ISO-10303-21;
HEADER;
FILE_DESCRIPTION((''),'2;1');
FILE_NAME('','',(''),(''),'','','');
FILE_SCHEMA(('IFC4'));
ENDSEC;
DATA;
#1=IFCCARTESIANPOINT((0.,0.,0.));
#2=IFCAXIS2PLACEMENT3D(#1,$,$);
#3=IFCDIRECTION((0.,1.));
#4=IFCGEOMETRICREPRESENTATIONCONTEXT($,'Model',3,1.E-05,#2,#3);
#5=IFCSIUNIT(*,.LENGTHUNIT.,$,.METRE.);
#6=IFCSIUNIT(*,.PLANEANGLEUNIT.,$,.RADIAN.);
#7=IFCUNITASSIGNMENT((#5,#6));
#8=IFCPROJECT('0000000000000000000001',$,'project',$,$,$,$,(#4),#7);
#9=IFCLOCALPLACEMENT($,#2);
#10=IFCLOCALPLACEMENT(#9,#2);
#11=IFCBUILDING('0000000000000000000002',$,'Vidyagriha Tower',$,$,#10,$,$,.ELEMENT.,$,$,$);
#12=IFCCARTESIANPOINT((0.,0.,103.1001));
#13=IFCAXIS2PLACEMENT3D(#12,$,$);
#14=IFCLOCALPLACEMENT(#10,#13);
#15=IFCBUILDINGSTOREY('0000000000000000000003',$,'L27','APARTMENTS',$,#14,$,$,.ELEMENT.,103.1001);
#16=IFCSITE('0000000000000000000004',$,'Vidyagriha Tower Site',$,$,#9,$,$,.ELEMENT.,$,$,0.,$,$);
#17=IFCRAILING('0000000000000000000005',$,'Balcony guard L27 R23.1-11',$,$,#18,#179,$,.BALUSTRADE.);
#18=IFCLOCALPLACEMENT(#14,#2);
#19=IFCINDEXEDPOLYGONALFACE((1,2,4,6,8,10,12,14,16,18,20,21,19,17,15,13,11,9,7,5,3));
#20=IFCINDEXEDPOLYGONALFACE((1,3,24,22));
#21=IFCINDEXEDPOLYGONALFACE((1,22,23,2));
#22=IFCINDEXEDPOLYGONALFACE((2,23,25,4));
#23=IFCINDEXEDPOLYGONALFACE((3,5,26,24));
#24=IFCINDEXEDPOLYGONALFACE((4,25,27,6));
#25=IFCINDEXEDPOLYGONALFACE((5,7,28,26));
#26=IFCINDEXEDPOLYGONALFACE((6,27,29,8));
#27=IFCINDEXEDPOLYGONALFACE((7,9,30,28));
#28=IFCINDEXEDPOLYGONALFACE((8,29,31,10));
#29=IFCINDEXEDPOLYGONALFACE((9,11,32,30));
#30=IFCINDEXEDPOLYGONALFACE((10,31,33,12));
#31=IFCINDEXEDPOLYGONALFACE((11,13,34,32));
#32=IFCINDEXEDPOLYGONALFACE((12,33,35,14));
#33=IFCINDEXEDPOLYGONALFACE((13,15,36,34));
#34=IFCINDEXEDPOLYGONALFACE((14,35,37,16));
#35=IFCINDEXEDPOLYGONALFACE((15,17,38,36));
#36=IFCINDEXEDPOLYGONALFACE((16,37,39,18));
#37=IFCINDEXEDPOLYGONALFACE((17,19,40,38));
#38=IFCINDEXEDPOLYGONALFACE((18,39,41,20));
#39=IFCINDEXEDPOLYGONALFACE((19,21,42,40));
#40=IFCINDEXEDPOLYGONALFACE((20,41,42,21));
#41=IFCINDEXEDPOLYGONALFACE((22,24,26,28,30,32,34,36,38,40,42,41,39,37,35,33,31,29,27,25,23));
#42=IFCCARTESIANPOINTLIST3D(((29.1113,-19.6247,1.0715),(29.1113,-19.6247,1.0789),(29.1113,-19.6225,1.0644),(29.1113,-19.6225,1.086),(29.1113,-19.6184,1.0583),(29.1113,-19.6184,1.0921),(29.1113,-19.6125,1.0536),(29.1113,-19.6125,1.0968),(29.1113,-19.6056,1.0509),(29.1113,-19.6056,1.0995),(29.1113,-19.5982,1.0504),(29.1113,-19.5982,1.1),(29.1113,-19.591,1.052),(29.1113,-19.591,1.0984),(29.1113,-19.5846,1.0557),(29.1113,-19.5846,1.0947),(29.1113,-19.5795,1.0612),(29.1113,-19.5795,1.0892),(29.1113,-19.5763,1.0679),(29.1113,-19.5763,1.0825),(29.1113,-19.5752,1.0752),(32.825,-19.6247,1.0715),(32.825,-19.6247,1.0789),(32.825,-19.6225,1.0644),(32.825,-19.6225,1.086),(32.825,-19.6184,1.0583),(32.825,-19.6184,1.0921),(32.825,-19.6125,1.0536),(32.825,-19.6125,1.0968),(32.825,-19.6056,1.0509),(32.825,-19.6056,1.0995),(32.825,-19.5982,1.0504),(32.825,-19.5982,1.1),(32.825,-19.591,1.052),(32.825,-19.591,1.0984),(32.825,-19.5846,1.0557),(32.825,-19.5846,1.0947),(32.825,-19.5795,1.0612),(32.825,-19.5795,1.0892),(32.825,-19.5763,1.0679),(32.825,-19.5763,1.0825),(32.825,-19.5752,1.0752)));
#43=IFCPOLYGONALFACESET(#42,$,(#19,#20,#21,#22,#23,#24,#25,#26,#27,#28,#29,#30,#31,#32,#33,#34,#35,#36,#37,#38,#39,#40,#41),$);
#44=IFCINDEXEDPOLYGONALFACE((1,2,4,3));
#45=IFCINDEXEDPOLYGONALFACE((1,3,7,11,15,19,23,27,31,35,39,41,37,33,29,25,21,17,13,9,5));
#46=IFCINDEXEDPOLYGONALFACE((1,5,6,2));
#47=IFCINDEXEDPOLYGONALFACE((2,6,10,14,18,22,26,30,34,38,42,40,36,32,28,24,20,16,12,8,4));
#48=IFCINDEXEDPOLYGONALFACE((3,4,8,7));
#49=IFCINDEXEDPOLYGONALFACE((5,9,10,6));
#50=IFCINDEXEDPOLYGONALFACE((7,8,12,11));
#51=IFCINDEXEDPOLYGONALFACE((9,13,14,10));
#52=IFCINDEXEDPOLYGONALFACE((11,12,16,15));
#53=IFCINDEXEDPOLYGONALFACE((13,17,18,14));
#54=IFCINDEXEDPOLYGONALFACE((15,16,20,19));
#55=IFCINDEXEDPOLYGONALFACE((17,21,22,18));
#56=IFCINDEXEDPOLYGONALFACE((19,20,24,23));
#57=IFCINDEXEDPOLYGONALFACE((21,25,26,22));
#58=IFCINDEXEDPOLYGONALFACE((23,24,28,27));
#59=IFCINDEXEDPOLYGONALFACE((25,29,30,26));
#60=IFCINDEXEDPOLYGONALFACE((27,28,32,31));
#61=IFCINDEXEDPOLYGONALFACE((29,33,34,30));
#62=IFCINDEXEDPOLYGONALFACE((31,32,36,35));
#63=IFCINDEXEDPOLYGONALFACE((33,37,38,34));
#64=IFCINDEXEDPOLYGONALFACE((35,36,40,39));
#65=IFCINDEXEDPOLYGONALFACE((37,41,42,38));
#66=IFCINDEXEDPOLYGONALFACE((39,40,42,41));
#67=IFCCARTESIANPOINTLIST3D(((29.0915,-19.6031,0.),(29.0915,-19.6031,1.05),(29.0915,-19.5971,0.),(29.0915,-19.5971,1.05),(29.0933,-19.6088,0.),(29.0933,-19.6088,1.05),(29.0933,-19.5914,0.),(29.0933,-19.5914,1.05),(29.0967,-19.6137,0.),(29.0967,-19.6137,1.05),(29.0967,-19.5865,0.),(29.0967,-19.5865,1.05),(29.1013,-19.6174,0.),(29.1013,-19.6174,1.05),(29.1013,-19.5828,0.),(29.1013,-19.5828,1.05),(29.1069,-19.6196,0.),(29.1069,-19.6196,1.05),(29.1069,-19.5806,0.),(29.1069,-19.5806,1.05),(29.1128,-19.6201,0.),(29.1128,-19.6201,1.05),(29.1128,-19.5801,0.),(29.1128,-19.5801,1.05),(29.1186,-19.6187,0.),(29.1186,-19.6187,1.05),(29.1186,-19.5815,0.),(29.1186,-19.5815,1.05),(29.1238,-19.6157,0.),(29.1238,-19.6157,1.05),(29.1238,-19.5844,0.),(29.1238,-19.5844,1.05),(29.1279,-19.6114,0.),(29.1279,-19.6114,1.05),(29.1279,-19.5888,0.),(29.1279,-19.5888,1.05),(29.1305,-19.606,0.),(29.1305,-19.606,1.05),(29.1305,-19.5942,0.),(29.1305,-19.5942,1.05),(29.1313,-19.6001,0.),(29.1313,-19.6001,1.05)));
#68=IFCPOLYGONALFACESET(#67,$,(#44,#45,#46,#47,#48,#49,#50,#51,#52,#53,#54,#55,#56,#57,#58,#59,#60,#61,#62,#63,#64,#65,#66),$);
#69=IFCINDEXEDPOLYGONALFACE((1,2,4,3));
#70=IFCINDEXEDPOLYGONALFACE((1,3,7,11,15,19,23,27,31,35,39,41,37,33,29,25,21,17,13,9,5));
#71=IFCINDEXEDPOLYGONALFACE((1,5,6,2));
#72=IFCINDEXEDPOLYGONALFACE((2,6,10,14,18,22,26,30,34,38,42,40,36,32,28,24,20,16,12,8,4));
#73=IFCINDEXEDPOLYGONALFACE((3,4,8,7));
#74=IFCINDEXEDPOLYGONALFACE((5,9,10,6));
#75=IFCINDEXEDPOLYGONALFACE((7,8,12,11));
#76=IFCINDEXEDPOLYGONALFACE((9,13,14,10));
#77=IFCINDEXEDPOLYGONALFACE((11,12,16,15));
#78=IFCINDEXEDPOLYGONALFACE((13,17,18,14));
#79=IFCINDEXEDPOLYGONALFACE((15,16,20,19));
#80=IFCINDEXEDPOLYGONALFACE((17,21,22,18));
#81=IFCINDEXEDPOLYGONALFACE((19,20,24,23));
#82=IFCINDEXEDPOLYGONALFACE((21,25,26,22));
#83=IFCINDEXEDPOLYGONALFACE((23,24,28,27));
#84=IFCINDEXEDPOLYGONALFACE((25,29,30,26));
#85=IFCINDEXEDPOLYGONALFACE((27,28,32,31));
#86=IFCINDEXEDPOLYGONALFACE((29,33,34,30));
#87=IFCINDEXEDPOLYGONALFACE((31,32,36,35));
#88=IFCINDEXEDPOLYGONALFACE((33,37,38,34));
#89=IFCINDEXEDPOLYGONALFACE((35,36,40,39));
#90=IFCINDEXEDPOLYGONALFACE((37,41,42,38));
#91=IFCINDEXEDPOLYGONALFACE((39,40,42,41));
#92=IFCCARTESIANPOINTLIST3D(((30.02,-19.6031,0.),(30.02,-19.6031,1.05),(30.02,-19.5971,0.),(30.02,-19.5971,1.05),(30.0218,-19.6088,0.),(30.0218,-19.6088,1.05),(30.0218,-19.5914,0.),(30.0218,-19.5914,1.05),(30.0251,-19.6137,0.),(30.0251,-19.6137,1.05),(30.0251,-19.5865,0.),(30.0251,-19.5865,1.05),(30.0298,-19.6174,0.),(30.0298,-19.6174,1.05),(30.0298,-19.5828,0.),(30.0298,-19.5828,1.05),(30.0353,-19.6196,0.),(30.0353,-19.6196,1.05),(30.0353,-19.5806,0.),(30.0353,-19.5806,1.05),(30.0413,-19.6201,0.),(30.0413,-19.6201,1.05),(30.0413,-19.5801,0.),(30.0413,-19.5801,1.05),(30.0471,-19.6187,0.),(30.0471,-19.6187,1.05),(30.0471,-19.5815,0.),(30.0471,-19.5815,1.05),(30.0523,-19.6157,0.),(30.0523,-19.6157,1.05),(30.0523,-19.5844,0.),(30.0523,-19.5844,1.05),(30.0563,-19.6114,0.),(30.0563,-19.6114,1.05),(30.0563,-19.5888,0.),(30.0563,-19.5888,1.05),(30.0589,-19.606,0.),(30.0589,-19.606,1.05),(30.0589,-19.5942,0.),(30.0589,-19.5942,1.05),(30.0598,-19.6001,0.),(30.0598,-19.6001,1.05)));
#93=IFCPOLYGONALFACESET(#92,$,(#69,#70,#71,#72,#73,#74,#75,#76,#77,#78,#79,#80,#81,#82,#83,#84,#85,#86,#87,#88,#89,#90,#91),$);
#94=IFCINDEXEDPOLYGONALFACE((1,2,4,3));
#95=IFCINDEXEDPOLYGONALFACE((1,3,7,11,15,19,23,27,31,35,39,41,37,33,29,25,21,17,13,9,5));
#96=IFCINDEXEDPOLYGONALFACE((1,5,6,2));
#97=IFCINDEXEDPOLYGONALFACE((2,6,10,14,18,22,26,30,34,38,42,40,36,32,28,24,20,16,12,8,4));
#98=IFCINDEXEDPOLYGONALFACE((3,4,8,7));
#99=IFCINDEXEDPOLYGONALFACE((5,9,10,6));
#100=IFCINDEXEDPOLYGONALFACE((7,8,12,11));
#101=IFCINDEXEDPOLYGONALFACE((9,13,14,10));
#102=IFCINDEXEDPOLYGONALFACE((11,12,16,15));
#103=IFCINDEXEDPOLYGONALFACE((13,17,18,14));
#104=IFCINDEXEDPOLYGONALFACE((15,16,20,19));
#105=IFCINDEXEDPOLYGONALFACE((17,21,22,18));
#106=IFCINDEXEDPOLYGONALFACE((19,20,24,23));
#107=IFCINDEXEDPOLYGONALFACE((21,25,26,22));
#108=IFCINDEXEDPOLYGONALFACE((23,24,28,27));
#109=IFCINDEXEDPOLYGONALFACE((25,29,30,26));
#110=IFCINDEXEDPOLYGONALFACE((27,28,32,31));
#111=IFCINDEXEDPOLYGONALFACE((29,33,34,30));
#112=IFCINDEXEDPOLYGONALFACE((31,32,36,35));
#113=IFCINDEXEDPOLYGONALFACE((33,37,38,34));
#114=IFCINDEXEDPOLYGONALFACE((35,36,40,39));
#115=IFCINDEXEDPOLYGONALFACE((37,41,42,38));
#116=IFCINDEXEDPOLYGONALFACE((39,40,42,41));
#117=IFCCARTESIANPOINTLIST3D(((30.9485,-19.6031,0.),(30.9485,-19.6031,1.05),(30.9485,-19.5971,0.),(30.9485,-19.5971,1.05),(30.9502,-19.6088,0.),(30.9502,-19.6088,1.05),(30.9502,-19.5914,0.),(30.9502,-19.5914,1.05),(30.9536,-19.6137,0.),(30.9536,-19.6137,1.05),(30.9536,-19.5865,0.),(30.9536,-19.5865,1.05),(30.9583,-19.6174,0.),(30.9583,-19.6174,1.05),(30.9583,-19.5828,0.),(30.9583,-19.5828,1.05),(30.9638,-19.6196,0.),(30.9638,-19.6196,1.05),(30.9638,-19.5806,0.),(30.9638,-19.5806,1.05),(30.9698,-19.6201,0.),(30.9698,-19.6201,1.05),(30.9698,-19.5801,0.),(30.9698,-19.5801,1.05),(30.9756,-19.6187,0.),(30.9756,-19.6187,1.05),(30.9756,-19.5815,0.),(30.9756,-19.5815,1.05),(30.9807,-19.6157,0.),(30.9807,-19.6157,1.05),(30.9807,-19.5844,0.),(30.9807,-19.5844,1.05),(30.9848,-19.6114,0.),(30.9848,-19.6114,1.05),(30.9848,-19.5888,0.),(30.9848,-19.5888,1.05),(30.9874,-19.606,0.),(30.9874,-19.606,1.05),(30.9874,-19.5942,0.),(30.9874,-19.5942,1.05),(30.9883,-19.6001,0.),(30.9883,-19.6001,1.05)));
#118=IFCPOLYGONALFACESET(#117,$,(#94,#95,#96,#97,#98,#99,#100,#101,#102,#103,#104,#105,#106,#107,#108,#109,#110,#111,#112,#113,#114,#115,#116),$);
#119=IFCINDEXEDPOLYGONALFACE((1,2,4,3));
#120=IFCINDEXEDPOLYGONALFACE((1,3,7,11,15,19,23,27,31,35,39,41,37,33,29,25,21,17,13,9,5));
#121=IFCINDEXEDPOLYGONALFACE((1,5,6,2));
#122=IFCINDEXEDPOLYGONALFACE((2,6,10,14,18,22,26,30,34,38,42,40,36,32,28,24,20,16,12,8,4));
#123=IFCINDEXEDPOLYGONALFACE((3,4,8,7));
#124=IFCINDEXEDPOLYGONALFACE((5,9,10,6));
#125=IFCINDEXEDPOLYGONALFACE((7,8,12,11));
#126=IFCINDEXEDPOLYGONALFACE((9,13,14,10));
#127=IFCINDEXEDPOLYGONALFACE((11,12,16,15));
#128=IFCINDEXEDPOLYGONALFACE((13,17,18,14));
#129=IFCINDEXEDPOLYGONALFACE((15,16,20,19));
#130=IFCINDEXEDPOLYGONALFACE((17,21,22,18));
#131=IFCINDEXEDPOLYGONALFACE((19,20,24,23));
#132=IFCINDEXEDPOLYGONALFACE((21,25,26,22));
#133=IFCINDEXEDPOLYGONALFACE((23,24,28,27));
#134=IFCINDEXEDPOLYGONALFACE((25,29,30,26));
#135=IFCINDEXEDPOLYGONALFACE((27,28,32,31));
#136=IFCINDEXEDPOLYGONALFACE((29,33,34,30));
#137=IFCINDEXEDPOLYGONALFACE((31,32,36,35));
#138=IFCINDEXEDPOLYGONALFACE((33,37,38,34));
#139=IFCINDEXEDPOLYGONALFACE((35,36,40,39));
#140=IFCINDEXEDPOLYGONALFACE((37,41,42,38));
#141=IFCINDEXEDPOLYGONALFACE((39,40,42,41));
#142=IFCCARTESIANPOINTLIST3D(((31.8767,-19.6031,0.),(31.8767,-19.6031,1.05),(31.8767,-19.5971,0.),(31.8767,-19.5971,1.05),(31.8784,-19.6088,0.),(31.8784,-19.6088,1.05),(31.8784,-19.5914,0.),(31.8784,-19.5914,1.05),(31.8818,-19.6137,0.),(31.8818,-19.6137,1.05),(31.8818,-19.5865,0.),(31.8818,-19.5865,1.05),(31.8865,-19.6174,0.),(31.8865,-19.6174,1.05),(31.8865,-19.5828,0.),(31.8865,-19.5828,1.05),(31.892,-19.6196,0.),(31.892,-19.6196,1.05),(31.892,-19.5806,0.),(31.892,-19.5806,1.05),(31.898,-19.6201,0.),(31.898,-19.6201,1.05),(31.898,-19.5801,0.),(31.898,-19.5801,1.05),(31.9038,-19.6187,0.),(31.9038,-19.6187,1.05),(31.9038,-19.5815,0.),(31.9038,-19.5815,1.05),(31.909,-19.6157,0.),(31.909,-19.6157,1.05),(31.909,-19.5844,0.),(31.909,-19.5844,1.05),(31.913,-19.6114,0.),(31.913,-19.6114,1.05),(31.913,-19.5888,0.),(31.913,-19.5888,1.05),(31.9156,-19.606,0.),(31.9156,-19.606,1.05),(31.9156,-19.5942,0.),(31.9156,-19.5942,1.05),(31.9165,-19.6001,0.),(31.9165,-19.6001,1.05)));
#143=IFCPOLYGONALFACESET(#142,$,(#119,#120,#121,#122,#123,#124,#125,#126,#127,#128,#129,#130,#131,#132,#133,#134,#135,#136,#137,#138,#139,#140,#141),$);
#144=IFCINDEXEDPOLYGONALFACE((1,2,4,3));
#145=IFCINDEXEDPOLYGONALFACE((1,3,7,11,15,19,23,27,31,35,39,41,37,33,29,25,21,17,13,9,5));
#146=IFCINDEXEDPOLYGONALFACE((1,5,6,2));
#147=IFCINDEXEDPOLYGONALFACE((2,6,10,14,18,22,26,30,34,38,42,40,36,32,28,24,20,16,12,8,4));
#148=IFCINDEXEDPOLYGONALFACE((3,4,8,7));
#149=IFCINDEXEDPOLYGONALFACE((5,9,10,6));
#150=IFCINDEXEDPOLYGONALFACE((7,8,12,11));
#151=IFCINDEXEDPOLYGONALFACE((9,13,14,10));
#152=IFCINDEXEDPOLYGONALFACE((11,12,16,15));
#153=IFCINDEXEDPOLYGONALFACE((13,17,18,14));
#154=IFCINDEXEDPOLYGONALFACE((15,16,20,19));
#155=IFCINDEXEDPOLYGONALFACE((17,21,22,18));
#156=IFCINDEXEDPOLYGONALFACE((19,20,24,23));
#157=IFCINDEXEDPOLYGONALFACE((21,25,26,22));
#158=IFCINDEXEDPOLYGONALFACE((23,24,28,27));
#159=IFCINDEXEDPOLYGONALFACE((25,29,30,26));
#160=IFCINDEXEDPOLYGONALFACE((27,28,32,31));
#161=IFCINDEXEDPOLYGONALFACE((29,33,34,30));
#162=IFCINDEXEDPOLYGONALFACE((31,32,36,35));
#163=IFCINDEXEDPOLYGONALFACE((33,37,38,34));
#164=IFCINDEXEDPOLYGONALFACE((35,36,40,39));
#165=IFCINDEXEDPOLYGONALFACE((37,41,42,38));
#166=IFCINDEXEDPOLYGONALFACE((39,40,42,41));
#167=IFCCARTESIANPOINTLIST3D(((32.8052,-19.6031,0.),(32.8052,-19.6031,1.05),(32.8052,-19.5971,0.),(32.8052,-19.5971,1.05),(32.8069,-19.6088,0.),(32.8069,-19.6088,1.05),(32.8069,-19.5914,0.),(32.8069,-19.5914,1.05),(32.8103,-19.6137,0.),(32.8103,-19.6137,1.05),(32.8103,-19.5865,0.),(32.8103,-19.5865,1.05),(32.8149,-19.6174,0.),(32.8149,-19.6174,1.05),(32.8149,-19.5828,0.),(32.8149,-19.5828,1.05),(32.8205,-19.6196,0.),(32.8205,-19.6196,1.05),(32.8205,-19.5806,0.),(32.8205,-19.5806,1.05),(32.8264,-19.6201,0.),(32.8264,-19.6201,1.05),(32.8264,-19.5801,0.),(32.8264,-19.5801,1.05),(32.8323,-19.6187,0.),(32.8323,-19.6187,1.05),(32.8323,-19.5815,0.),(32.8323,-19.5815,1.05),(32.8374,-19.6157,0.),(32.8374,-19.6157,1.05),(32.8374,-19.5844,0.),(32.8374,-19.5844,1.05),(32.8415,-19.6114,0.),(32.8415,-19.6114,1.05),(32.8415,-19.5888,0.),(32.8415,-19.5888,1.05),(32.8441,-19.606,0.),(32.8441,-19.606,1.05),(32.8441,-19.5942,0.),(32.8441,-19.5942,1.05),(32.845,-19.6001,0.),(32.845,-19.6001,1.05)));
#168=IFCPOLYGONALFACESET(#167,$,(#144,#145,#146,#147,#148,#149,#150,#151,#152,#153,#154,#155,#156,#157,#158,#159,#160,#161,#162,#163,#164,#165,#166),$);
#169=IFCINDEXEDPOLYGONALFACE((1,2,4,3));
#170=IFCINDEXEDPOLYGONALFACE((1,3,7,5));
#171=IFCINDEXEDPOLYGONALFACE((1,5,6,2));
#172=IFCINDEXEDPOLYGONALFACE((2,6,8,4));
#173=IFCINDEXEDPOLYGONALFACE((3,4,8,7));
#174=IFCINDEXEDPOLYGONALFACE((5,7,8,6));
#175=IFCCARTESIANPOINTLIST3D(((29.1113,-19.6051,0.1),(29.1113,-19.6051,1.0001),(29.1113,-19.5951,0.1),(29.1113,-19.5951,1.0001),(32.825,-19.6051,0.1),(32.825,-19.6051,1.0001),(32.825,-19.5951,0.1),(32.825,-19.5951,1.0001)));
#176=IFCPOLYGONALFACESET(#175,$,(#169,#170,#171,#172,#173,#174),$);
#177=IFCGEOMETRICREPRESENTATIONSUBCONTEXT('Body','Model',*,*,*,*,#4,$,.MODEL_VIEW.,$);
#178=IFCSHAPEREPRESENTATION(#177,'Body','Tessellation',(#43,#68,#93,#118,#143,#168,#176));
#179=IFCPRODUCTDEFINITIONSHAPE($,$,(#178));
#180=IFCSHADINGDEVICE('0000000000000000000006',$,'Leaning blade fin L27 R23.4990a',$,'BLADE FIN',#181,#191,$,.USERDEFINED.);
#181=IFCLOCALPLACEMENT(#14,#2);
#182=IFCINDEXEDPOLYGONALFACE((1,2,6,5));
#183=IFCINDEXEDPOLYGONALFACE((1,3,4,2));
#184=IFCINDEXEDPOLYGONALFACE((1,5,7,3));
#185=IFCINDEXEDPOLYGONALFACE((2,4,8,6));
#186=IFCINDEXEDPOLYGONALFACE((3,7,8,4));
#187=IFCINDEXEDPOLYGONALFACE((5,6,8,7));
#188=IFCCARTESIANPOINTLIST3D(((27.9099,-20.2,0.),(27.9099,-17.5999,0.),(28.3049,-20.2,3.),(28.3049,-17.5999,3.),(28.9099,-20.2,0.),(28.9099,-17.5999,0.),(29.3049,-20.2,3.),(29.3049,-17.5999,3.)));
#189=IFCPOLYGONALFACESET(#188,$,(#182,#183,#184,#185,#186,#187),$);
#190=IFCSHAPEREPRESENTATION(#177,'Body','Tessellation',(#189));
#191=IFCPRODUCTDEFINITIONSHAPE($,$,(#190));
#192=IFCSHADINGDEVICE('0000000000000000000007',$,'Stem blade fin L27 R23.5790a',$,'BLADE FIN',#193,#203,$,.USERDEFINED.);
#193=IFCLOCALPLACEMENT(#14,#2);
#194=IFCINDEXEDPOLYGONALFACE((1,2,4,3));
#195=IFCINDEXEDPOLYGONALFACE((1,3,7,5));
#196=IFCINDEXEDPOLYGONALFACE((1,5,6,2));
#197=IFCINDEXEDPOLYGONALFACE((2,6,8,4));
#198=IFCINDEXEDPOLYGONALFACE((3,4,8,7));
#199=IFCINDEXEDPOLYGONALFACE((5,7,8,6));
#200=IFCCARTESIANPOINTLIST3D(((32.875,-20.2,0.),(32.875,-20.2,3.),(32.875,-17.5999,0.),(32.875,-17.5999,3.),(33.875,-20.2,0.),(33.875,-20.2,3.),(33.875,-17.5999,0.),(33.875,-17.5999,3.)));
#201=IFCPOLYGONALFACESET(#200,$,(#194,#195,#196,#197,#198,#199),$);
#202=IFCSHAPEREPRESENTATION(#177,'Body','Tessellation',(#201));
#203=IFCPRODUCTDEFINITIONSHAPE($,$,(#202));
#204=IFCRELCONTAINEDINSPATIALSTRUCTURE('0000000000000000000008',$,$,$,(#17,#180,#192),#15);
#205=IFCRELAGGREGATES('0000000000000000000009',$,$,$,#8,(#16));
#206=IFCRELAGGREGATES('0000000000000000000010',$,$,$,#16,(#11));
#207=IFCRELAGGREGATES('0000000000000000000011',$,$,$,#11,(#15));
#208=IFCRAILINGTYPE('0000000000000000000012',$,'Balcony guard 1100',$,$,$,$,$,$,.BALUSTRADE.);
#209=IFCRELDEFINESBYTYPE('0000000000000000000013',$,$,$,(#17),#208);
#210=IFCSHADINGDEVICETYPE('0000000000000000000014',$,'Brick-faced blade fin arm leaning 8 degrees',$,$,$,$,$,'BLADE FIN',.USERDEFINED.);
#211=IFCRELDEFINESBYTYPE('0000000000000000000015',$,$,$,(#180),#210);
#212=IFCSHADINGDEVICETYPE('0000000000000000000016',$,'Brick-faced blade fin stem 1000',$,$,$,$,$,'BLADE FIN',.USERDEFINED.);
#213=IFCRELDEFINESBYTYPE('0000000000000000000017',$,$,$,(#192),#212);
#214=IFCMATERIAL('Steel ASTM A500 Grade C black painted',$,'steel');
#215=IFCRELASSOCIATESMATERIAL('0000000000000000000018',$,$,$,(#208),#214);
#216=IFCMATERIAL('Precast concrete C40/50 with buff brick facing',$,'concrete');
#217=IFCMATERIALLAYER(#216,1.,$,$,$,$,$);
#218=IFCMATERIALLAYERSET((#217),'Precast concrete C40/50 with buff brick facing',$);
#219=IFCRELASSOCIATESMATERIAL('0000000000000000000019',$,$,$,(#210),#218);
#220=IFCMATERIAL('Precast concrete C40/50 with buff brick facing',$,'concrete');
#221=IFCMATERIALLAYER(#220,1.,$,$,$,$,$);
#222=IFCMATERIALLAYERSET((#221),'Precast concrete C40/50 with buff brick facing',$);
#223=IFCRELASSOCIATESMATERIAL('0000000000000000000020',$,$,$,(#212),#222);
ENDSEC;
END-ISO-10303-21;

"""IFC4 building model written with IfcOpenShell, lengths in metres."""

from ifc_helpers import new_model, si_unit, direction, frame, origin, origin_2d, place, context, subcontext, project, spatial, polyline, rectangle, circle, outline, extrude, material, layer, layer_set, type_object, element, save


model = new_model("IFC4")

# Units and contexts
model_context = context("Model", 3, precision=1e-05, world=origin(), true_north=direction((0.0, 1.0)))
body_context = subcontext(model_context, "Body", "Model", "MODEL_VIEW")
ifc_project = project(units=[si_unit("LENGTHUNIT", "METRE"), si_unit("PLANEANGLEUNIT", "RADIAN")], contexts=[model_context])

# Site, building, storey
site_placement = place(None, origin())
site = spatial("IfcSite", under=ifc_project, at=site_placement, Name="Vidyagriha Tower Site", CompositionType="ELEMENT", RefElevation=0.0)
building_placement = place(site_placement, origin())
building = spatial("IfcBuilding", under=site, at=building_placement, Name="Vidyagriha Tower", CompositionType="ELEMENT")
storey_placement = place(building_placement, frame((0.0, 0.0, 103.1001)))
storey = spatial("IfcBuildingStorey", under=building, at=storey_placement, Name="L27", Description="APARTMENTS", CompositionType="ELEMENT", Elevation=103.1001)

# Railing
ifc_material_1 = material(Name="Steel ASTM A500 Grade C black painted", Category="steel")
railing_type_1 = type_object("IfcRailingType", Name="Balcony guard 1100", PredefinedType="BALUSTRADE", material=ifc_material_1)
railing_1_placement = place(storey_placement, frame((29.1113, -19.6001, 0.0)))
element("IfcRailing", 1, at=railing_1_placement, inside=storey, type_object=railing_type_1, Name="Balcony guard L27 R23.1-11", PredefinedType="BALUSTRADE", context=body_context, shape_type="SweptSolid", body=[
    extrude(circle(Radius=0.0249, at=origin_2d()), frame((0.0, 0.0, 1.0752), z_axis=(1.0, 0.0, 0.0), x_axis=(0.0, 1.0, 0.0)), (0.0, 0.0, 1.0), 3.7136),
    extrude(circle(Radius=0.02, at=origin_2d()), origin(), (0.0, 0.0, 1.0), 1.05),
    extrude(circle(Radius=0.02, at=origin_2d()), frame((0.9285, 0.0, 0.0)), (0.0, 0.0, 1.0), 1.05),
    extrude(circle(Radius=0.02, at=origin_2d()), frame((1.8569, 0.0, 0.0)), (0.0, 0.0, 1.0), 1.05),
    extrude(circle(Radius=0.02, at=origin_2d()), frame((2.7852, 0.0, 0.0)), (0.0, 0.0, 1.0), 1.05),
    extrude(circle(Radius=0.02, at=origin_2d()), frame((3.7136, 0.0, 0.0)), (0.0, 0.0, 1.0), 1.05),
    extrude(rectangle(XDim=0.01, YDim=0.9001, at=origin_2d()), frame((0.0, 0.0, 0.55), z_axis=(1.0, 0.0, 0.0), x_axis=(0.0, 1.0, 0.0)), (0.0, 0.0, 1.0), 3.7136),
])

# Shading devices
ifc_material_2 = material(Name="Precast concrete C40/50 with buff brick facing", Category="concrete")
ifc_layer_1 = layer(ifc_material_2, 1.0)
ifc_layer_set_1 = layer_set([ifc_layer_1], Name="Precast concrete C40/50 with buff brick facing")
shading_device_type_1 = type_object("IfcShadingDeviceType", Name="Brick-faced blade fin arm leaning 8 degrees", ElementType="BLADE FIN", PredefinedType="USERDEFINED", material=ifc_layer_set_1)
shading_device_1_placement = place(storey_placement, frame((27.9099, -18.8999, 0.0)))
element("IfcShadingDevice", 2, at=shading_device_1_placement, inside=storey, type_object=shading_device_type_1, Name="Leaning blade fin L27 R23.4990a", ObjectType="BLADE FIN", PredefinedType="USERDEFINED", context=body_context, shape_type="SweptSolid", body=[
    extrude(outline(polyline([(0.0, 0.0), (1.0, 0.0), (1.395, 3.0), (0.395, 3.0), (0.0, 0.0)])), frame((0.0, 1.3, 0.0), z_axis=(0.0, -1.0, 0.0), x_axis=(1.0, 0.0, 0.0)), (0.0, 0.0, 1.0), 2.6001),
])
ifc_material_3 = material(Name="Precast concrete C40/50 with buff brick facing", Category="concrete")
ifc_layer_2 = layer(ifc_material_3, 1.0)
ifc_layer_set_2 = layer_set([ifc_layer_2], Name="Precast concrete C40/50 with buff brick facing")
shading_device_type_2 = type_object("IfcShadingDeviceType", Name="Brick-faced blade fin stem 1000", ElementType="BLADE FIN", PredefinedType="USERDEFINED", material=ifc_layer_set_2)
shading_device_2_placement = place(storey_placement, frame((32.875, -18.8999, 0.0)))
element("IfcShadingDevice", 3, at=shading_device_2_placement, inside=storey, type_object=shading_device_type_2, Name="Stem blade fin L27 R23.5790a", ObjectType="BLADE FIN", PredefinedType="USERDEFINED", context=body_context, shape_type="SweptSolid", body=[
    extrude(outline(polyline([(0.0, 0.0), (1.0, 0.0), (1.0, 3.0), (0.0, 3.0), (0.0, 0.0)])), frame((0.0, 1.3, 0.0), z_axis=(0.0, -1.0, 0.0), x_axis=(1.0, 0.0, 0.0)), (0.0, 0.0, 1.0), 2.6001),
])

save(model, "model.ifc")
